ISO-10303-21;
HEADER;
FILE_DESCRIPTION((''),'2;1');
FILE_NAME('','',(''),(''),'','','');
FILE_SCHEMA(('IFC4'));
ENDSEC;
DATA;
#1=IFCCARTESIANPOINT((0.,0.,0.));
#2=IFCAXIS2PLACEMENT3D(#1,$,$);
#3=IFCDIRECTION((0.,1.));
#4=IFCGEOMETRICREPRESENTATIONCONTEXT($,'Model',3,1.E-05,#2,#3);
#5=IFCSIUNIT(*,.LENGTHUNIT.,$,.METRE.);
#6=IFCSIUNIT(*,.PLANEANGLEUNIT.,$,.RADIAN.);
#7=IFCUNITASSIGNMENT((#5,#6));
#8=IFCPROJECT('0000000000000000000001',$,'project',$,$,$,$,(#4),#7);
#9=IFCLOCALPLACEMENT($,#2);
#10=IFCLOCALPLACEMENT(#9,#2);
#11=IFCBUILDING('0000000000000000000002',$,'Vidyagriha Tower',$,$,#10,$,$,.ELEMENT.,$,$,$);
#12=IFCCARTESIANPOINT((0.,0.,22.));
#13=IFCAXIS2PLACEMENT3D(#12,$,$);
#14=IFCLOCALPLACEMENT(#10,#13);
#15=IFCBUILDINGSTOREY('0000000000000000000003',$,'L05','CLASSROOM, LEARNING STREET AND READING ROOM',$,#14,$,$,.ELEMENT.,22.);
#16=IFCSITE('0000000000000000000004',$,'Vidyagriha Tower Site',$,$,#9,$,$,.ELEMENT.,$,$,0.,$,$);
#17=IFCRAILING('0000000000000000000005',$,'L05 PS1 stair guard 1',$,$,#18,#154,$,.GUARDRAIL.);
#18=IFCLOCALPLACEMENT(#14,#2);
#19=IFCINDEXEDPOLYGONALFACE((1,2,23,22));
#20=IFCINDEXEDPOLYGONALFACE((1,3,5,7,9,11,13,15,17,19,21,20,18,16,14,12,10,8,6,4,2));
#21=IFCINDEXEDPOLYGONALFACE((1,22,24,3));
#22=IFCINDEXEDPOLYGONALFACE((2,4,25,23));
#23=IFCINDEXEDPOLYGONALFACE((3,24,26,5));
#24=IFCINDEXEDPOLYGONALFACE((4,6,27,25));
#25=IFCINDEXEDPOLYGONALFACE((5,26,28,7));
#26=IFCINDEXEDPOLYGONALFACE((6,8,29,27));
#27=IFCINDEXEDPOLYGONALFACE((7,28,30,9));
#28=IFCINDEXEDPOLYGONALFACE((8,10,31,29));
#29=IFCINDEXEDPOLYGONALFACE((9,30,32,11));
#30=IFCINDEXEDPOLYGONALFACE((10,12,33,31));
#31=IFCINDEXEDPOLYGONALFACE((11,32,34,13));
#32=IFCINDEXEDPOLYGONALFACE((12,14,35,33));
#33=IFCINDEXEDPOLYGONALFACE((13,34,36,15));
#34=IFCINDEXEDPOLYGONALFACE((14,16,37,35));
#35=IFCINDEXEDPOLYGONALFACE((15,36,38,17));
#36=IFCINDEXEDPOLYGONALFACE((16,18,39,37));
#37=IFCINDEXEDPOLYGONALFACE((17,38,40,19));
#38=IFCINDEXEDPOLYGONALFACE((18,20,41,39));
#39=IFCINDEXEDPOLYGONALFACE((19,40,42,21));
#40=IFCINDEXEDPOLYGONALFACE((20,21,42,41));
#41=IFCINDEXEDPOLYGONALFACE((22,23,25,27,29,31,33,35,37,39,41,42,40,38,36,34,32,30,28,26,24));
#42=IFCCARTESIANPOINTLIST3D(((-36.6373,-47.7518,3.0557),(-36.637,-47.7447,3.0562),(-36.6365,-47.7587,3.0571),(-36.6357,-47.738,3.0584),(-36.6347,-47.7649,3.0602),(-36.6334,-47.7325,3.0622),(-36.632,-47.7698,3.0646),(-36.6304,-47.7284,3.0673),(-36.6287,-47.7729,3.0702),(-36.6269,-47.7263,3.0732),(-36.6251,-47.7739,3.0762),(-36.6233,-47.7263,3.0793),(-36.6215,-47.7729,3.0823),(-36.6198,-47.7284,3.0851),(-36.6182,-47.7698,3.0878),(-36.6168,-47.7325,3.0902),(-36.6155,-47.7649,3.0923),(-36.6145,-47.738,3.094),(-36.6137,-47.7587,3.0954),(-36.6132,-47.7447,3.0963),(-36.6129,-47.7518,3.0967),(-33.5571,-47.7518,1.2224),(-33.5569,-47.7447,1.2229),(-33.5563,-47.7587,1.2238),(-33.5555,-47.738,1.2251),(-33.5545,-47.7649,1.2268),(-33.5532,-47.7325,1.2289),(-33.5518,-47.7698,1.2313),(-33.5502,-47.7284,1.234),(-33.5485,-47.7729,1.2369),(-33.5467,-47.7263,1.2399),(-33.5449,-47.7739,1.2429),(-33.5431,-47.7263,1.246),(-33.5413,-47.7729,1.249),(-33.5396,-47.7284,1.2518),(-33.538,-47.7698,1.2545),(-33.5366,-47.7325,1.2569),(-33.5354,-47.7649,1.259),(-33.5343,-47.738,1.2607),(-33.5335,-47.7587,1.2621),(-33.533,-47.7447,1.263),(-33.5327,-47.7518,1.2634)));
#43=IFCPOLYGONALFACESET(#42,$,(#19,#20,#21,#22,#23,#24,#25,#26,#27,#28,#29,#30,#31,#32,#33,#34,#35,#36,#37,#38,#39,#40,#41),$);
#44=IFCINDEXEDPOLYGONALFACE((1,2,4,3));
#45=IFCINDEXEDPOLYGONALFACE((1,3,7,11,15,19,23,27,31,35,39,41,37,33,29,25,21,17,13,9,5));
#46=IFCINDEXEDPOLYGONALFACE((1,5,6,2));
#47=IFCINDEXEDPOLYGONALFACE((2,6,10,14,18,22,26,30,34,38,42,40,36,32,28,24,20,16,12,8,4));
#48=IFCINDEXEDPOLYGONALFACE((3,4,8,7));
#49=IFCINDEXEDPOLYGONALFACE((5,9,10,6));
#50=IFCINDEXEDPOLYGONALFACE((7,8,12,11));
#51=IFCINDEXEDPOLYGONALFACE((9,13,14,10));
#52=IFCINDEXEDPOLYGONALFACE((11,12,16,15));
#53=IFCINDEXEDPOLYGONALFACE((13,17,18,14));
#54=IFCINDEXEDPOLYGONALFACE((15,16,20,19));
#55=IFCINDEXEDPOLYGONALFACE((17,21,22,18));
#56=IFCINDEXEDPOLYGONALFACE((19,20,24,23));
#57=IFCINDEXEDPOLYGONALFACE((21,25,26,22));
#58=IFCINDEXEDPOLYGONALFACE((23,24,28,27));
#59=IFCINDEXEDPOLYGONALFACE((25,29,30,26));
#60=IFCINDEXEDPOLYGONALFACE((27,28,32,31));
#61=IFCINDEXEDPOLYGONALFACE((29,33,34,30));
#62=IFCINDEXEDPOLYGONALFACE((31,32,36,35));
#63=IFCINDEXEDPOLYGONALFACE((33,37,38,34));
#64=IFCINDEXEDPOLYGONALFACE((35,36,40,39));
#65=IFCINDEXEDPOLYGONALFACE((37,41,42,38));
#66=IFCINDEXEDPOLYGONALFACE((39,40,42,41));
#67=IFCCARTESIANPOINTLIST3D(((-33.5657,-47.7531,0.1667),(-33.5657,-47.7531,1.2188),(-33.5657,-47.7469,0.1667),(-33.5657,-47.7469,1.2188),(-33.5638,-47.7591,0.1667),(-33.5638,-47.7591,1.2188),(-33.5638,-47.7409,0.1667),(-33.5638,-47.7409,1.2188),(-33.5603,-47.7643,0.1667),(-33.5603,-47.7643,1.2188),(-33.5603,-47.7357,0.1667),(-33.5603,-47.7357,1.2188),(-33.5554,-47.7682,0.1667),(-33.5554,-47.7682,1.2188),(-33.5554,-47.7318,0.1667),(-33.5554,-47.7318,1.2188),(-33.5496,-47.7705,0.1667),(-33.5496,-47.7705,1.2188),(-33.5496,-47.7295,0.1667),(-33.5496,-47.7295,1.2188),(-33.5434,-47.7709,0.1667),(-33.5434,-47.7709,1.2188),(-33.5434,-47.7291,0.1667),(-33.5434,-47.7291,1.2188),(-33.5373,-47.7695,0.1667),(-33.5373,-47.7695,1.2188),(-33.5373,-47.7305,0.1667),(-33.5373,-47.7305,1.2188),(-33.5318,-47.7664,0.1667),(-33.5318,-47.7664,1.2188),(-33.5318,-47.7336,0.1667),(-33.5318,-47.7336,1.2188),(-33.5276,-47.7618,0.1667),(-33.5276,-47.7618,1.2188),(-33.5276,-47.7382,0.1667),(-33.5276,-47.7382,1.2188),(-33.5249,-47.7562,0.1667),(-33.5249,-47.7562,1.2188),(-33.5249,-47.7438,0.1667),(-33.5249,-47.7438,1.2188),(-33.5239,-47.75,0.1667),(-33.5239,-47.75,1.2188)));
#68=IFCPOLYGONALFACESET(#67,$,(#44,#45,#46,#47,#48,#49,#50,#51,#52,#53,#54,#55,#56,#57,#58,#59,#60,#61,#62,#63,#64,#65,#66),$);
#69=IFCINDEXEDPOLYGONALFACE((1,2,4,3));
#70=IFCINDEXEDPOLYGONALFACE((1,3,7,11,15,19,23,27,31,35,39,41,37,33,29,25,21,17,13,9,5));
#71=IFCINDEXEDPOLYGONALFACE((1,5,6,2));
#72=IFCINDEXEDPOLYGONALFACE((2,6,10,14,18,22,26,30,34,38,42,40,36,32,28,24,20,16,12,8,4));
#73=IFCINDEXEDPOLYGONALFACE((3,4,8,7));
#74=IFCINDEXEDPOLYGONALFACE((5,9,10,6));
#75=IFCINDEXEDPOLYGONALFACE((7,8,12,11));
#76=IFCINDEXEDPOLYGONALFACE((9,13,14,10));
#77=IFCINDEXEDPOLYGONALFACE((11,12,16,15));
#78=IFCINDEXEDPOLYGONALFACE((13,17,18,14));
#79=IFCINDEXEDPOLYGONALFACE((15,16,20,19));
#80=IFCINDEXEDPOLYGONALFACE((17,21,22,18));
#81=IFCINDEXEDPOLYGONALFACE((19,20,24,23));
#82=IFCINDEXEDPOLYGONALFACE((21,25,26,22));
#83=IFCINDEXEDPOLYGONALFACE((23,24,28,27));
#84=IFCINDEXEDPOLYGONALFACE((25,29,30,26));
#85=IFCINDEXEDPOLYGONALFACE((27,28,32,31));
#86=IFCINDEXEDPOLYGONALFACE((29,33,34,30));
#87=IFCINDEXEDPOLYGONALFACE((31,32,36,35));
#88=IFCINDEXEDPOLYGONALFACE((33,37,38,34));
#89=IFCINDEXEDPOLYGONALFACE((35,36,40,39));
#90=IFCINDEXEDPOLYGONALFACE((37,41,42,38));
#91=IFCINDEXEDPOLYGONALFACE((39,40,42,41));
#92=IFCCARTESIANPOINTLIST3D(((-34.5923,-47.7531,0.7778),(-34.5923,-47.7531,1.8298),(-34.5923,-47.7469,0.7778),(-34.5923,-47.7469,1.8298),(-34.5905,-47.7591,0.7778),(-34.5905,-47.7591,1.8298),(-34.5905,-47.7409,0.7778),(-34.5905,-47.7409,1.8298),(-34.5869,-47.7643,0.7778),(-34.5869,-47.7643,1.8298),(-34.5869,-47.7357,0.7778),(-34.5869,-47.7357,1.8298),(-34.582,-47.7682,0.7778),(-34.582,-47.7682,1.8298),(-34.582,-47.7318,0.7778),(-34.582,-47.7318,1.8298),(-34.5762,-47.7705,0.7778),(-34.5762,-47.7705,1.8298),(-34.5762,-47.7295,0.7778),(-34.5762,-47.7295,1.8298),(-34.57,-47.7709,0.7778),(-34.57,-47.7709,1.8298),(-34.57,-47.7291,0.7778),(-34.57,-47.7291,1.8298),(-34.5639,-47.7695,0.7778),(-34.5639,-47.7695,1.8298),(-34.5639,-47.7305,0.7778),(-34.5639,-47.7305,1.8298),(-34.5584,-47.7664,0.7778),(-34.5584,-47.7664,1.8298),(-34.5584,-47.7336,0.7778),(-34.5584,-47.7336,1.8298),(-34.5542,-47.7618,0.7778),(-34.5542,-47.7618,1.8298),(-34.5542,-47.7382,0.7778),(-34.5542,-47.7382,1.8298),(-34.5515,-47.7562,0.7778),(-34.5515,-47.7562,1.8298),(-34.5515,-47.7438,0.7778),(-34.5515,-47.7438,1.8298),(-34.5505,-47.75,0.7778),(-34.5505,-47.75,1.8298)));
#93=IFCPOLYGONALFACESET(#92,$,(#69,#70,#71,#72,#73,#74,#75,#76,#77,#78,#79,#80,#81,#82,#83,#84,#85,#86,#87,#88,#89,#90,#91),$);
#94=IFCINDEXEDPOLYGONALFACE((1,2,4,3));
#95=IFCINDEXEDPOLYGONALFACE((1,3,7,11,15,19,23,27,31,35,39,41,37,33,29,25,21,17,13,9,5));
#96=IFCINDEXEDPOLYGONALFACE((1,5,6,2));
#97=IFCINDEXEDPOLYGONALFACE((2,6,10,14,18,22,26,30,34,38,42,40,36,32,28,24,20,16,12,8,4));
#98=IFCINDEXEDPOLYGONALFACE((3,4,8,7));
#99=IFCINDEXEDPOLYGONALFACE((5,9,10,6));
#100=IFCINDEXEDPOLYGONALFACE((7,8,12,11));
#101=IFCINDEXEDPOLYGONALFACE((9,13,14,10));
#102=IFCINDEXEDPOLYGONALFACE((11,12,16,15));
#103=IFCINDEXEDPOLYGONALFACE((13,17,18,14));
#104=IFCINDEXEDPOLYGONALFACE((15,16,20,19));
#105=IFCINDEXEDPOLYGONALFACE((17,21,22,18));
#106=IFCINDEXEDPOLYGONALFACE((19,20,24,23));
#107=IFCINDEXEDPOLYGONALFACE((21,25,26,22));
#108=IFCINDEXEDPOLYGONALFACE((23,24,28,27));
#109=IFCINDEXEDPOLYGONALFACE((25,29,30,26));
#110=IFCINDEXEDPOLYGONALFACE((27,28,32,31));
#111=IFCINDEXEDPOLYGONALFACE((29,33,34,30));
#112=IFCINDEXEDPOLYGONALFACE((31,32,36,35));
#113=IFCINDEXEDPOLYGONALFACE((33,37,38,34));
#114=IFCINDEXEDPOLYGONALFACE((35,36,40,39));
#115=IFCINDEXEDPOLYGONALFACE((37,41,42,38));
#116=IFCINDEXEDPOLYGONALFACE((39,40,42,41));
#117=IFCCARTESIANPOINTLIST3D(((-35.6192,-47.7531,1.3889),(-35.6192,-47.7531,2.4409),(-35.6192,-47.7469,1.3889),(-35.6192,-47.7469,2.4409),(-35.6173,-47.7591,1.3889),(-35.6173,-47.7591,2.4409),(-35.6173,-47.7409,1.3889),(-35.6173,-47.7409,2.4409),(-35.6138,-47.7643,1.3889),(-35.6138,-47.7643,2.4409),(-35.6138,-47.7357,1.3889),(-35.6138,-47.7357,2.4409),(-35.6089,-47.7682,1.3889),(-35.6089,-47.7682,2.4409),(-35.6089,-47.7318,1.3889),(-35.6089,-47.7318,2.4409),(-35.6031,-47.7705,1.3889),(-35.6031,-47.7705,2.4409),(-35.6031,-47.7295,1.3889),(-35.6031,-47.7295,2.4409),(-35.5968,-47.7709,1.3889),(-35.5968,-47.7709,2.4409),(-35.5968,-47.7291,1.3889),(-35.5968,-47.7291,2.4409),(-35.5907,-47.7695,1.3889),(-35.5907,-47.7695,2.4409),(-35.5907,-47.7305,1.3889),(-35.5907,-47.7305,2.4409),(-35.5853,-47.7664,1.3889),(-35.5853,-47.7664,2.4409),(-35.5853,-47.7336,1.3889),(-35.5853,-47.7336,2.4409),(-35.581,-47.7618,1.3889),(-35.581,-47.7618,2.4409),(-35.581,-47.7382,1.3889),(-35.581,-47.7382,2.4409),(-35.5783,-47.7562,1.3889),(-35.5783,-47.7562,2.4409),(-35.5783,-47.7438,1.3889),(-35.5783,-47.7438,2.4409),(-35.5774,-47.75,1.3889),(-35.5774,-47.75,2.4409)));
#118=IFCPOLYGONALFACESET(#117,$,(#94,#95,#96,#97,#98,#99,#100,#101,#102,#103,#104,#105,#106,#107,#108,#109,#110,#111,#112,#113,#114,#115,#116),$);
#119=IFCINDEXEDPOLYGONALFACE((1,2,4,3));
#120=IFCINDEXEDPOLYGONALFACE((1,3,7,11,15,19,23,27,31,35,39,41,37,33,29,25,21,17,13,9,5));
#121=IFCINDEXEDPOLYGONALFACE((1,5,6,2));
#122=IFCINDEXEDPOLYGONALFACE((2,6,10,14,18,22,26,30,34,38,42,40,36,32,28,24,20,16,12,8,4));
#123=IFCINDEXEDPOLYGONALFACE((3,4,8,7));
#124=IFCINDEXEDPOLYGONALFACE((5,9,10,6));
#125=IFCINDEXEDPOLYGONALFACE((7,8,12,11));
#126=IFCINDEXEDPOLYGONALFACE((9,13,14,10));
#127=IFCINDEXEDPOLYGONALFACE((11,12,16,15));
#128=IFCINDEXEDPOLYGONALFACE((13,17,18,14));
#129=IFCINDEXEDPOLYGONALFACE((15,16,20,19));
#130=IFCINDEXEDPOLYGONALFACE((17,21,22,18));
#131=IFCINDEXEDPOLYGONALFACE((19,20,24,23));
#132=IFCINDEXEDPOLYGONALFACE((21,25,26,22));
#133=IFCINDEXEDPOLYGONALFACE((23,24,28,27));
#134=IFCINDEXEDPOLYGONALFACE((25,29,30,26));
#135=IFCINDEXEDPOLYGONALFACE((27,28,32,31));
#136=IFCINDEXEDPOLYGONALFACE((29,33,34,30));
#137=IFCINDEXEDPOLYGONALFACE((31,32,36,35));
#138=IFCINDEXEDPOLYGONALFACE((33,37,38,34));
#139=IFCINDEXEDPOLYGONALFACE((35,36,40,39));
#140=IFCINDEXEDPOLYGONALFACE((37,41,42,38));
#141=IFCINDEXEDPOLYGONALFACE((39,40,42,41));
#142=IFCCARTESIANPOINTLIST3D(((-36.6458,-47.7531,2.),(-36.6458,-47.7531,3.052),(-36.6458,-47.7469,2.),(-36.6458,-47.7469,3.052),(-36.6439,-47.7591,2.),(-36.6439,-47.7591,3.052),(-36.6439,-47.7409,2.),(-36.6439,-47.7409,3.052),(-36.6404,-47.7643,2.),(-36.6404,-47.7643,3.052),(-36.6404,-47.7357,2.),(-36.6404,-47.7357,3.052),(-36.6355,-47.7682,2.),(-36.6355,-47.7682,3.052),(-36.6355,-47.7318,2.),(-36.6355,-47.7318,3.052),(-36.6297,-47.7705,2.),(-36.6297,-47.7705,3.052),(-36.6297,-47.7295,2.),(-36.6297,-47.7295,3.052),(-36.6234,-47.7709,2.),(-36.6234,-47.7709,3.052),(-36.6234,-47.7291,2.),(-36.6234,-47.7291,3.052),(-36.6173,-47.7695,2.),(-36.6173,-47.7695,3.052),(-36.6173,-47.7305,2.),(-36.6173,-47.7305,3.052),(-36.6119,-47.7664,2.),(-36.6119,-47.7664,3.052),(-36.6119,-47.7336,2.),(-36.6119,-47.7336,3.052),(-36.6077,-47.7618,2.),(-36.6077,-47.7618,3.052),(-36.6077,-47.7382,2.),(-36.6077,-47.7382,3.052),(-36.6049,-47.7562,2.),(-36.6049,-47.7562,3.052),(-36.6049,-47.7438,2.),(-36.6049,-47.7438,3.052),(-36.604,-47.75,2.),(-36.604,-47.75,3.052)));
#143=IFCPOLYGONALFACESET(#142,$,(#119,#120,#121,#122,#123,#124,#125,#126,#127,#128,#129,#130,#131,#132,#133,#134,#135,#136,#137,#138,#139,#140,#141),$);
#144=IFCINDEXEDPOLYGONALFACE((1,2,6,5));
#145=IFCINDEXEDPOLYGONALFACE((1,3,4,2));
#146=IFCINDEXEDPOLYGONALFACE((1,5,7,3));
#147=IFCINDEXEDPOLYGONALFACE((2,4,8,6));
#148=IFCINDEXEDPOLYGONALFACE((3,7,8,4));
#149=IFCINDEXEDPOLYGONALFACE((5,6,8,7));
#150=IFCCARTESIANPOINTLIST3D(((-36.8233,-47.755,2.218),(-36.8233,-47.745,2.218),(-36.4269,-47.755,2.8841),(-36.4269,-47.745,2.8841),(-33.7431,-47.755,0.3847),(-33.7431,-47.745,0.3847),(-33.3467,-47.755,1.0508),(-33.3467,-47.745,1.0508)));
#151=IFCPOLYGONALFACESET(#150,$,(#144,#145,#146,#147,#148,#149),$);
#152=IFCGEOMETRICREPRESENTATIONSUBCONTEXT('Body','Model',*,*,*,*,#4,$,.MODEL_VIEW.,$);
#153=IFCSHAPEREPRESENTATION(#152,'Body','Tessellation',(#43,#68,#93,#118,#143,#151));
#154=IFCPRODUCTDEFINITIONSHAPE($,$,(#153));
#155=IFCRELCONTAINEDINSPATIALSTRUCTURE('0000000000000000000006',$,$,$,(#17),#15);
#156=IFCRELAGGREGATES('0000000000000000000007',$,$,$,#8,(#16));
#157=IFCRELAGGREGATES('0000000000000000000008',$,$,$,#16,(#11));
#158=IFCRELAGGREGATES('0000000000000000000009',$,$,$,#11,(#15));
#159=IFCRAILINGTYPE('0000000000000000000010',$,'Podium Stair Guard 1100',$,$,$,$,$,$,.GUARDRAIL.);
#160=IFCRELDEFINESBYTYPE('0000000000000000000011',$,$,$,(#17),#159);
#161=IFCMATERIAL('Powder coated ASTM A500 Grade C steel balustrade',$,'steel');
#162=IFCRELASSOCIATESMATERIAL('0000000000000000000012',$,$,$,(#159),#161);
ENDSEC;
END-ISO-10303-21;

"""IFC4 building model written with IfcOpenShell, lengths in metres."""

from ifc_helpers import new_model, si_unit, direction, frame, origin, origin_2d, place, context, subcontext, project, spatial, rectangle, circle, extrude, material, type_object, element, save


model = new_model("IFC4")

# Units and contexts
model_context = context("Model", 3, precision=1e-05, world=origin(), true_north=direction((0.0, 1.0)))
body_context = subcontext(model_context, "Body", "Model", "MODEL_VIEW")
ifc_project = project(units=[si_unit("LENGTHUNIT", "METRE"), si_unit("PLANEANGLEUNIT", "RADIAN")], contexts=[model_context])

# Site, building, storey
site_placement = place(None, origin())
site = spatial("IfcSite", under=ifc_project, at=site_placement, Name="Vidyagriha Tower Site", CompositionType="ELEMENT", RefElevation=0.0)
building_placement = place(site_placement, origin())
building = spatial("IfcBuilding", under=site, at=building_placement, Name="Vidyagriha Tower", CompositionType="ELEMENT")
storey_placement = place(building_placement, frame((0.0, 0.0, 22.0)))
storey = spatial("IfcBuildingStorey", under=building, at=storey_placement, Name="L05", Description="CLASSROOM, LEARNING STREET AND READING ROOM", CompositionType="ELEMENT", Elevation=22.0)

# Railing
ifc_material_1 = material(Name="Powder coated ASTM A500 Grade C steel balustrade", Category="steel")
railing_type_1 = type_object("IfcRailingType", Name="Podium Stair Guard 1100", PredefinedType="GUARDRAIL", material=ifc_material_1)
railing_1_placement = place(storey_placement, frame((-33.5449, -47.75, 0.1667)))
element("IfcRailing", 1, at=railing_1_placement, inside=storey, type_object=railing_type_1, Name="L05 PS1 stair guard 1", PredefinedType="GUARDRAIL", context=body_context, shape_type="SweptSolid", body=[
    extrude(circle(Radius=0.0239, at=origin_2d()), frame((0.0, 0.0, 1.0762), z_axis=(-0.859309, 0.0, 0.511458), x_axis=(0.0, -1.0, 0.0)), (0.0, 0.0, 1.0), 3.5845),
    extrude(circle(Radius=0.021, at=origin_2d()), origin(), (0.0, 0.0, 1.0), 1.052),
    extrude(circle(Radius=0.021, at=origin_2d()), frame((-1.0266, 0.0, 0.6111)), (0.0, 0.0, 1.0), 1.052),
    extrude(circle(Radius=0.021, at=origin_2d()), frame((-2.0535, 0.0, 1.2222)), (0.0, 0.0, 1.0), 1.052),
    extrude(circle(Radius=0.021, at=origin_2d()), frame((-3.0801, 0.0, 1.8333)), (0.0, 0.0, 1.0), 1.052),
    extrude(rectangle(XDim=0.01, YDim=0.7751, at=origin_2d()), frame((0.0, 0.0, 0.551), z_axis=(-0.859309, 0.0, 0.511458), x_axis=(0.0, -1.0, 0.0)), (0.0, 0.0, 1.0), 3.5845),
])

save(model, "model.ifc")
